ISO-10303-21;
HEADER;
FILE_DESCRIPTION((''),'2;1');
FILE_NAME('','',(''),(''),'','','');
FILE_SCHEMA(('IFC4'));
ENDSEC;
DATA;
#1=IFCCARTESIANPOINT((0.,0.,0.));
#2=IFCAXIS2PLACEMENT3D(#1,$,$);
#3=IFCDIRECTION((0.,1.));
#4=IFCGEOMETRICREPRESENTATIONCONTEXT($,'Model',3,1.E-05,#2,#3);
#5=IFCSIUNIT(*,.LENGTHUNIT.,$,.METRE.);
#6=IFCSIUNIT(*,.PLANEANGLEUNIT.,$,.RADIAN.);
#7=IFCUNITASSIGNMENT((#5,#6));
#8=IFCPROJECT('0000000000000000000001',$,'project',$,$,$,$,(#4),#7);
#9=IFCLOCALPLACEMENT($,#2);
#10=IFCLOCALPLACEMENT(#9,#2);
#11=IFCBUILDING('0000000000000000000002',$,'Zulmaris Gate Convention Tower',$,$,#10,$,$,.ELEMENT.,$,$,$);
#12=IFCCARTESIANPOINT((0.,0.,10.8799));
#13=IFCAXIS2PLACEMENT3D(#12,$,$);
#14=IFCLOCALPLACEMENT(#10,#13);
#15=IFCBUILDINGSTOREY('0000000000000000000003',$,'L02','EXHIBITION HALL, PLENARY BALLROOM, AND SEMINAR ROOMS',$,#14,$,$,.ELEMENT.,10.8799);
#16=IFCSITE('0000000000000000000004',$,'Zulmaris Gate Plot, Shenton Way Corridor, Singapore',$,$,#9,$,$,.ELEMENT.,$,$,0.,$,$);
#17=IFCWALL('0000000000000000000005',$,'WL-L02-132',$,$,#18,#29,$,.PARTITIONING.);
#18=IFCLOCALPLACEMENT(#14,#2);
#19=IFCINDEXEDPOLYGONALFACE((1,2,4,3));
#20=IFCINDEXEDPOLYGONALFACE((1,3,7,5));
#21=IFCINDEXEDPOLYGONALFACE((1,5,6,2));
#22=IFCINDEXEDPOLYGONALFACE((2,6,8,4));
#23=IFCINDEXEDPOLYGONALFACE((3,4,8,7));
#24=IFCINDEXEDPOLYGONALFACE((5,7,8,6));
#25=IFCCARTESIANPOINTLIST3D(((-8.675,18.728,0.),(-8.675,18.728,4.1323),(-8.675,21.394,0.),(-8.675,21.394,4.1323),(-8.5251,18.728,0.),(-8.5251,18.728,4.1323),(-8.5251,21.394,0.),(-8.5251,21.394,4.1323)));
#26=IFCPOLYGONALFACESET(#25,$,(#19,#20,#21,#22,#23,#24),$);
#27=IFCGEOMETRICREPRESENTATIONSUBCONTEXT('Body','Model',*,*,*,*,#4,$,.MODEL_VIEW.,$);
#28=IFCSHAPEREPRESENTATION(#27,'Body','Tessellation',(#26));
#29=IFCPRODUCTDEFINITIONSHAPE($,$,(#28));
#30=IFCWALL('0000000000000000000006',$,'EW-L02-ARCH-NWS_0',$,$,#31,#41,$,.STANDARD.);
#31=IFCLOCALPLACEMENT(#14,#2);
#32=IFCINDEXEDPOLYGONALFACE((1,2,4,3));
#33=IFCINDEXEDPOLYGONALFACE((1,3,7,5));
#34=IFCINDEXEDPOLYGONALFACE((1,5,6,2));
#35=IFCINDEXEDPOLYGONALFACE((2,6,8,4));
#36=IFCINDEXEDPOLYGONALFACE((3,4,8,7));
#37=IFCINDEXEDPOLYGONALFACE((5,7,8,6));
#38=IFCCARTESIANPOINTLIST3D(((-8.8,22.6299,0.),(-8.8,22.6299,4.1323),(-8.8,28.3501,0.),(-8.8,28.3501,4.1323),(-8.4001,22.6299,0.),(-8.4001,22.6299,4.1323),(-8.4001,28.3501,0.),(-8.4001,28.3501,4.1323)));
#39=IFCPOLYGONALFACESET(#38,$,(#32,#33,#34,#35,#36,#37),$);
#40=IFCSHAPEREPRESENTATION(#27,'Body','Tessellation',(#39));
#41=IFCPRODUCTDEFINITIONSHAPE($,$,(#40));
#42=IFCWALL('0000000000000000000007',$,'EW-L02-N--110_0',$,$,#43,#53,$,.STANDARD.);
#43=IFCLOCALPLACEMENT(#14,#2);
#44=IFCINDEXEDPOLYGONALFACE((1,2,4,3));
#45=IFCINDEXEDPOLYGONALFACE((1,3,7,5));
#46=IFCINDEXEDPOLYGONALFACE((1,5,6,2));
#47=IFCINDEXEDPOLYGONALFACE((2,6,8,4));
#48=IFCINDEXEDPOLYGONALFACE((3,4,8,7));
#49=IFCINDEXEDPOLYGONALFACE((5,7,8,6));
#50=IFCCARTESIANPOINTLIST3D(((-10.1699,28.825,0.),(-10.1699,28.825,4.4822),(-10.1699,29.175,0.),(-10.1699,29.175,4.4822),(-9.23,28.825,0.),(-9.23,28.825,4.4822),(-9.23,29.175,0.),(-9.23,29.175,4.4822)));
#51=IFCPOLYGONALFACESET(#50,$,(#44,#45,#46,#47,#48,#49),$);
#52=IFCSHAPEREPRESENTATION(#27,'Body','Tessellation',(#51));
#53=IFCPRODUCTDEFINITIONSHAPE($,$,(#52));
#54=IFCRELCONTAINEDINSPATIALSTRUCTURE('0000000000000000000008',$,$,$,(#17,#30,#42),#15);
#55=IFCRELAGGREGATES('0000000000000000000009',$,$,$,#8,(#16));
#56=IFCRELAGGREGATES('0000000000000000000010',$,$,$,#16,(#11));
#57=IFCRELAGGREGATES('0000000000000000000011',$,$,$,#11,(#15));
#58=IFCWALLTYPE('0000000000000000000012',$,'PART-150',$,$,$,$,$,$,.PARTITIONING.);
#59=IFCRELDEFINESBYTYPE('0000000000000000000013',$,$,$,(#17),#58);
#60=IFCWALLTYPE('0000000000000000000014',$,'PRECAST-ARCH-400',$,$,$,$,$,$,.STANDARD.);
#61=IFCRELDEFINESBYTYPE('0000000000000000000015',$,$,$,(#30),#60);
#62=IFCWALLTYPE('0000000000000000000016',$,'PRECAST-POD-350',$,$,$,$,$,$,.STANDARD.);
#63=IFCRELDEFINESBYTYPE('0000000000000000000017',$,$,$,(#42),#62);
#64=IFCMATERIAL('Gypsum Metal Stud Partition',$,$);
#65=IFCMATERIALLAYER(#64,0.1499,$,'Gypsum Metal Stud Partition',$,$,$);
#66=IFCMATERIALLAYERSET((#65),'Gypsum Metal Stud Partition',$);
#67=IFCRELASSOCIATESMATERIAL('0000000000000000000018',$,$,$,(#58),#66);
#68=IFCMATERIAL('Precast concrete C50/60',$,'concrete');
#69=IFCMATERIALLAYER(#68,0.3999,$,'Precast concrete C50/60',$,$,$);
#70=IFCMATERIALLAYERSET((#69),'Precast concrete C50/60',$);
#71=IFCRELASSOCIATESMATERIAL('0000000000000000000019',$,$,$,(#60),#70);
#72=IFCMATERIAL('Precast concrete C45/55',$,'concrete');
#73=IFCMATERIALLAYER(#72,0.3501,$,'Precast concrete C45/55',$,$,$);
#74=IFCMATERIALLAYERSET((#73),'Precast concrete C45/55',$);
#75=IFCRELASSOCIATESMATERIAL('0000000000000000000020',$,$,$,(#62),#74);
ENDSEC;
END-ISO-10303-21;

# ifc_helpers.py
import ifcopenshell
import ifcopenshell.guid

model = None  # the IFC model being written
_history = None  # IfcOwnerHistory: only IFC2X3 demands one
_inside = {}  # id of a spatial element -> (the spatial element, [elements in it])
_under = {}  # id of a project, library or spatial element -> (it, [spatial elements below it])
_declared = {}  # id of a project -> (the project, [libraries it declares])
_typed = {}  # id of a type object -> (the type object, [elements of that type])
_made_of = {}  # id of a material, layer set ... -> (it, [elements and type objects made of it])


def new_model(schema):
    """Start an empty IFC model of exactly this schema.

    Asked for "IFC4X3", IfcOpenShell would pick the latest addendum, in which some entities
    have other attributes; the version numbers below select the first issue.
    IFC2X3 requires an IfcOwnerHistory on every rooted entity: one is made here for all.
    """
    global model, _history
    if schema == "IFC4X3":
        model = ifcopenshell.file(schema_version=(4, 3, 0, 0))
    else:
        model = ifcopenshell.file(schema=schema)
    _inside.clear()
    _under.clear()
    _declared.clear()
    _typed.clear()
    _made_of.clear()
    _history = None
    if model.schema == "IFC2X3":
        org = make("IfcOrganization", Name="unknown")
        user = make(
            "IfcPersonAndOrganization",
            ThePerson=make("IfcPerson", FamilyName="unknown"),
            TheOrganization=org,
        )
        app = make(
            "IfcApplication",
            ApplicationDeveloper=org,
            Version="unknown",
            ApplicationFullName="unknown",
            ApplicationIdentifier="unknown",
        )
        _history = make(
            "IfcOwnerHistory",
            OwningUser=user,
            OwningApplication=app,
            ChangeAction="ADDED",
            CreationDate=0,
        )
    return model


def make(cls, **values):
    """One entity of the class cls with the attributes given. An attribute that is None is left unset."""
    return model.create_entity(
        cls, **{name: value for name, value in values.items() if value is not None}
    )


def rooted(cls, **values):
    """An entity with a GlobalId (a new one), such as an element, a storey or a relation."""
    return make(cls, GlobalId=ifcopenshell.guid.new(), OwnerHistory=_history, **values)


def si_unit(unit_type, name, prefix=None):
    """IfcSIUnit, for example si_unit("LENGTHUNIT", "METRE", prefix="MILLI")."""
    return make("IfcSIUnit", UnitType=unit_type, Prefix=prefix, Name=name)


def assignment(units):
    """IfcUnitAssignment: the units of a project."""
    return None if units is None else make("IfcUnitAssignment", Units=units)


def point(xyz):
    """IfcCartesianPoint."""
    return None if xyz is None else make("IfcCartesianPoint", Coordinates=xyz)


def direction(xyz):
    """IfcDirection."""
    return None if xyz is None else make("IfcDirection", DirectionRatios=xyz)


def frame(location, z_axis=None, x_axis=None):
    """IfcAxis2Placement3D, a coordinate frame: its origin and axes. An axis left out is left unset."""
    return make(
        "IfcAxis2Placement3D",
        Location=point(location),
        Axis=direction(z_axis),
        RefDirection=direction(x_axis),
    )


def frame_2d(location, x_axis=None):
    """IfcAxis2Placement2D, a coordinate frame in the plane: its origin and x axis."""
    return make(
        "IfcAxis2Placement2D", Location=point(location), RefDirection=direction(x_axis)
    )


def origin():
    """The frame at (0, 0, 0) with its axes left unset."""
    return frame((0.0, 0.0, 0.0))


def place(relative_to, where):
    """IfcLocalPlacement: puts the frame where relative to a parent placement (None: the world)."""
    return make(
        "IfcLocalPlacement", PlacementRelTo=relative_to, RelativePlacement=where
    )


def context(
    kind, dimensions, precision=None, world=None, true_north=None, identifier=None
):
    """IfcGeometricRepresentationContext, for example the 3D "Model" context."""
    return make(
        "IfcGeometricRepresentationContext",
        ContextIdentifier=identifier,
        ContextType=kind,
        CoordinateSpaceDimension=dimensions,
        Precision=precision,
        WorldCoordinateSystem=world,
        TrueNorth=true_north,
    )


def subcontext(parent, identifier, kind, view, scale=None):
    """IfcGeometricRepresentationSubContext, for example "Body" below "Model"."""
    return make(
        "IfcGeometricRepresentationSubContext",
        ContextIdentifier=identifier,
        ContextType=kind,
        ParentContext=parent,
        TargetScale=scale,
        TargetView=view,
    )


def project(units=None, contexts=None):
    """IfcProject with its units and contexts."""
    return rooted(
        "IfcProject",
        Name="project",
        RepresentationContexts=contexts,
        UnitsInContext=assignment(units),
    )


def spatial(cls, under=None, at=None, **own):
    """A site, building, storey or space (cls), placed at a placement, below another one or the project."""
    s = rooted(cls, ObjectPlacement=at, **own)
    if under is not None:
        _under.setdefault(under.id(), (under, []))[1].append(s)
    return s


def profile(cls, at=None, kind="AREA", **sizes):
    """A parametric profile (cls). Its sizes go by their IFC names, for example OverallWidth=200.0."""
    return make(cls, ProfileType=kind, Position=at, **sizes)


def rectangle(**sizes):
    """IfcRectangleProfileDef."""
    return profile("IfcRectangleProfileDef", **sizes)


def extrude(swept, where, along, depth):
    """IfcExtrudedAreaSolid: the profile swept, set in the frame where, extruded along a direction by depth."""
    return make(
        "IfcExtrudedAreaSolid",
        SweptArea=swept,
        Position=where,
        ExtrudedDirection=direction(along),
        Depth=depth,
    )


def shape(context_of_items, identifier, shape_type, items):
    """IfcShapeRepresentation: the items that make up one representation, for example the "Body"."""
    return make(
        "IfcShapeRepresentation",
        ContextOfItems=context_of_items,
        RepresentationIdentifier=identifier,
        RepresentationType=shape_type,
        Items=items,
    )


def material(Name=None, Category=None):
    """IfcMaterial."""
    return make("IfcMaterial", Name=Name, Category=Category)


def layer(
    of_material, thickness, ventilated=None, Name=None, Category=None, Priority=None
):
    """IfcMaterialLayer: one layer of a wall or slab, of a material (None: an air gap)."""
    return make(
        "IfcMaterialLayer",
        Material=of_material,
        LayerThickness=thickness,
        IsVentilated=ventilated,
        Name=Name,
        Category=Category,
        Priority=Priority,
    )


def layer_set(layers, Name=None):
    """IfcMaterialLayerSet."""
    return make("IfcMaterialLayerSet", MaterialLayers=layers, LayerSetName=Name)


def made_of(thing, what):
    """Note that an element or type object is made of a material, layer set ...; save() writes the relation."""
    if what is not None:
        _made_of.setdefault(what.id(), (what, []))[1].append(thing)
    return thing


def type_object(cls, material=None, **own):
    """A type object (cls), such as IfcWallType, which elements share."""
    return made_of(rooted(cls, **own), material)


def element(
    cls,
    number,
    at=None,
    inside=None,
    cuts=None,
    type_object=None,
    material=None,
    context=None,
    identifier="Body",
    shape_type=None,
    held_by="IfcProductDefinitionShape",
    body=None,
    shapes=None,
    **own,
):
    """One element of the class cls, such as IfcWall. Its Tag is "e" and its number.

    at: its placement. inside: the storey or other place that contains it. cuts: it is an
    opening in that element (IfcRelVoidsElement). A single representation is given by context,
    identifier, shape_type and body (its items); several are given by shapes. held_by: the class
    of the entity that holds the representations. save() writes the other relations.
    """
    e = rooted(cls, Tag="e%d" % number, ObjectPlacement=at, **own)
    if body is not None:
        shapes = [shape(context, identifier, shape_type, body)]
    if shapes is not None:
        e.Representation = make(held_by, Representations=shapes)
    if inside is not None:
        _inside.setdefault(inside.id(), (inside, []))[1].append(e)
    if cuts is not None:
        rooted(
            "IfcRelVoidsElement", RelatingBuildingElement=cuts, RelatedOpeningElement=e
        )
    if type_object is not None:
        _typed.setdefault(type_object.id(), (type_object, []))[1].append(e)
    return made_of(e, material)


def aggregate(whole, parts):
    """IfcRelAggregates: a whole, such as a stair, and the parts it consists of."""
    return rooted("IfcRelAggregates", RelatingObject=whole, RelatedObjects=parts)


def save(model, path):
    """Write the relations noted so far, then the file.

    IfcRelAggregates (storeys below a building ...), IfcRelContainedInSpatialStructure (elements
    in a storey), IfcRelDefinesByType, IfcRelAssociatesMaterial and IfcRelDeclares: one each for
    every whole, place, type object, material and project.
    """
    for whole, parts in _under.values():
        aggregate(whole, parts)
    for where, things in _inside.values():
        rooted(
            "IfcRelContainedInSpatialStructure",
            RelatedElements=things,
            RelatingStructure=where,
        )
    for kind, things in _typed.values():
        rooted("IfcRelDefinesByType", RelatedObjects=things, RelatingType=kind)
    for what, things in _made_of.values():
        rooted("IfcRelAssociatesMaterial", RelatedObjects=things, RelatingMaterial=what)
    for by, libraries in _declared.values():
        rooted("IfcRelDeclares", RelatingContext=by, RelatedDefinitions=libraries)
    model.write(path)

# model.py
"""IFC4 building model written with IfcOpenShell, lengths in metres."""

from ifc_helpers import new_model, si_unit, direction, frame, frame_2d, origin, place, context, subcontext, project, spatial, rectangle, extrude, material, layer, layer_set, type_object, element, save


model = new_model("IFC4")

# Units and contexts
model_context = context("Model", 3, precision=1e-05, world=origin(), true_north=direction((0.0, 1.0)))
body_context = subcontext(model_context, "Body", "Model", "MODEL_VIEW")
ifc_project = project(units=[si_unit("LENGTHUNIT", "METRE"), si_unit("PLANEANGLEUNIT", "RADIAN")], contexts=[model_context])

# Site, building, storey
site_placement = place(None, origin())
site = spatial("IfcSite", under=ifc_project, at=site_placement, Name="Zulmaris Gate Plot, Shenton Way Corridor, Singapore", CompositionType="ELEMENT", RefElevation=0.0)
building_placement = place(site_placement, origin())
building = spatial("IfcBuilding", under=site, at=building_placement, Name="Zulmaris Gate Convention Tower", CompositionType="ELEMENT")
storey_placement = place(building_placement, frame((0.0, 0.0, 10.8799)))
storey = spatial("IfcBuildingStorey", under=building, at=storey_placement, Name="L02", Description="EXHIBITION HALL, PLENARY BALLROOM, AND SEMINAR ROOMS", CompositionType="ELEMENT", Elevation=10.8799)

# Shared definitions
ifc_material_1 = material(Name="Precast concrete C50/60", Category="concrete")

# Walls
ifc_material_2 = material(Name="Gypsum Metal Stud Partition")
ifc_layer_1 = layer(ifc_material_2, 0.1499, Name="Gypsum Metal Stud Partition")
ifc_layer_set_1 = layer_set([ifc_layer_1], Name="Gypsum Metal Stud Partition")
wall_type_1 = type_object("IfcWallType", Name="PART-150", PredefinedType="PARTITIONING", material=ifc_layer_set_1)
wall_1_placement = place(storey_placement, frame((-8.6001, 18.728, 0.0), z_axis=(0.0, 0.0, 1.0), x_axis=(0.0, 1.0, 0.0)))
element("IfcWall", 1, at=wall_1_placement, inside=storey, type_object=wall_type_1, Name="WL-L02-132", PredefinedType="PARTITIONING", context=body_context, shape_type="SweptSolid", body=[
    extrude(rectangle(XDim=2.666, YDim=0.1499, at=frame_2d((1.333, 0.0))), origin(), (0.0, 0.0, 1.0), 4.1323),
])
ifc_layer_2 = layer(ifc_material_1, 0.3999, Name="Precast concrete C50/60")
ifc_layer_set_2 = layer_set([ifc_layer_2], Name="Precast concrete C50/60")
wall_type_2 = type_object("IfcWallType", Name="PRECAST-ARCH-400", PredefinedType="STANDARD", material=ifc_layer_set_2)
wall_2_placement = place(storey_placement, frame((-8.6001, 22.6299, 0.0), z_axis=(0.0, 0.0, 1.0), x_axis=(0.0, 1.0, 0.0)))
element("IfcWall", 2, at=wall_2_placement, inside=storey, type_object=wall_type_2, Name="EW-L02-ARCH-NWS_0", PredefinedType="STANDARD", context=body_context, shape_type="SweptSolid", body=[
    extrude(rectangle(XDim=5.7202, YDim=0.3999, at=frame_2d((2.8601, 0.0))), origin(), (0.0, 0.0, 1.0), 4.1323),
])
ifc_material_3 = material(Name="Precast concrete C45/55", Category="concrete")
ifc_layer_3 = layer(ifc_material_3, 0.3501, Name="Precast concrete C45/55")
ifc_layer_set_3 = layer_set([ifc_layer_3], Name="Precast concrete C45/55")
wall_type_3 = type_object("IfcWallType", Name="PRECAST-POD-350", PredefinedType="STANDARD", material=ifc_layer_set_3)
wall_3_placement = place(storey_placement, frame((-9.23, 29.0, 0.0), z_axis=(0.0, 0.0, 1.0), x_axis=(-1.0, 0.0, 0.0)))
element("IfcWall", 3, at=wall_3_placement, inside=storey, type_object=wall_type_3, Name="EW-L02-N--110_0", PredefinedType="STANDARD", context=body_context, shape_type="SweptSolid", body=[
    extrude(rectangle(XDim=0.9399, YDim=0.3501, at=frame_2d((0.47, 0.0))), origin(), (0.0, 0.0, 1.0), 4.4822),
])

save(model, "model.ifc")
